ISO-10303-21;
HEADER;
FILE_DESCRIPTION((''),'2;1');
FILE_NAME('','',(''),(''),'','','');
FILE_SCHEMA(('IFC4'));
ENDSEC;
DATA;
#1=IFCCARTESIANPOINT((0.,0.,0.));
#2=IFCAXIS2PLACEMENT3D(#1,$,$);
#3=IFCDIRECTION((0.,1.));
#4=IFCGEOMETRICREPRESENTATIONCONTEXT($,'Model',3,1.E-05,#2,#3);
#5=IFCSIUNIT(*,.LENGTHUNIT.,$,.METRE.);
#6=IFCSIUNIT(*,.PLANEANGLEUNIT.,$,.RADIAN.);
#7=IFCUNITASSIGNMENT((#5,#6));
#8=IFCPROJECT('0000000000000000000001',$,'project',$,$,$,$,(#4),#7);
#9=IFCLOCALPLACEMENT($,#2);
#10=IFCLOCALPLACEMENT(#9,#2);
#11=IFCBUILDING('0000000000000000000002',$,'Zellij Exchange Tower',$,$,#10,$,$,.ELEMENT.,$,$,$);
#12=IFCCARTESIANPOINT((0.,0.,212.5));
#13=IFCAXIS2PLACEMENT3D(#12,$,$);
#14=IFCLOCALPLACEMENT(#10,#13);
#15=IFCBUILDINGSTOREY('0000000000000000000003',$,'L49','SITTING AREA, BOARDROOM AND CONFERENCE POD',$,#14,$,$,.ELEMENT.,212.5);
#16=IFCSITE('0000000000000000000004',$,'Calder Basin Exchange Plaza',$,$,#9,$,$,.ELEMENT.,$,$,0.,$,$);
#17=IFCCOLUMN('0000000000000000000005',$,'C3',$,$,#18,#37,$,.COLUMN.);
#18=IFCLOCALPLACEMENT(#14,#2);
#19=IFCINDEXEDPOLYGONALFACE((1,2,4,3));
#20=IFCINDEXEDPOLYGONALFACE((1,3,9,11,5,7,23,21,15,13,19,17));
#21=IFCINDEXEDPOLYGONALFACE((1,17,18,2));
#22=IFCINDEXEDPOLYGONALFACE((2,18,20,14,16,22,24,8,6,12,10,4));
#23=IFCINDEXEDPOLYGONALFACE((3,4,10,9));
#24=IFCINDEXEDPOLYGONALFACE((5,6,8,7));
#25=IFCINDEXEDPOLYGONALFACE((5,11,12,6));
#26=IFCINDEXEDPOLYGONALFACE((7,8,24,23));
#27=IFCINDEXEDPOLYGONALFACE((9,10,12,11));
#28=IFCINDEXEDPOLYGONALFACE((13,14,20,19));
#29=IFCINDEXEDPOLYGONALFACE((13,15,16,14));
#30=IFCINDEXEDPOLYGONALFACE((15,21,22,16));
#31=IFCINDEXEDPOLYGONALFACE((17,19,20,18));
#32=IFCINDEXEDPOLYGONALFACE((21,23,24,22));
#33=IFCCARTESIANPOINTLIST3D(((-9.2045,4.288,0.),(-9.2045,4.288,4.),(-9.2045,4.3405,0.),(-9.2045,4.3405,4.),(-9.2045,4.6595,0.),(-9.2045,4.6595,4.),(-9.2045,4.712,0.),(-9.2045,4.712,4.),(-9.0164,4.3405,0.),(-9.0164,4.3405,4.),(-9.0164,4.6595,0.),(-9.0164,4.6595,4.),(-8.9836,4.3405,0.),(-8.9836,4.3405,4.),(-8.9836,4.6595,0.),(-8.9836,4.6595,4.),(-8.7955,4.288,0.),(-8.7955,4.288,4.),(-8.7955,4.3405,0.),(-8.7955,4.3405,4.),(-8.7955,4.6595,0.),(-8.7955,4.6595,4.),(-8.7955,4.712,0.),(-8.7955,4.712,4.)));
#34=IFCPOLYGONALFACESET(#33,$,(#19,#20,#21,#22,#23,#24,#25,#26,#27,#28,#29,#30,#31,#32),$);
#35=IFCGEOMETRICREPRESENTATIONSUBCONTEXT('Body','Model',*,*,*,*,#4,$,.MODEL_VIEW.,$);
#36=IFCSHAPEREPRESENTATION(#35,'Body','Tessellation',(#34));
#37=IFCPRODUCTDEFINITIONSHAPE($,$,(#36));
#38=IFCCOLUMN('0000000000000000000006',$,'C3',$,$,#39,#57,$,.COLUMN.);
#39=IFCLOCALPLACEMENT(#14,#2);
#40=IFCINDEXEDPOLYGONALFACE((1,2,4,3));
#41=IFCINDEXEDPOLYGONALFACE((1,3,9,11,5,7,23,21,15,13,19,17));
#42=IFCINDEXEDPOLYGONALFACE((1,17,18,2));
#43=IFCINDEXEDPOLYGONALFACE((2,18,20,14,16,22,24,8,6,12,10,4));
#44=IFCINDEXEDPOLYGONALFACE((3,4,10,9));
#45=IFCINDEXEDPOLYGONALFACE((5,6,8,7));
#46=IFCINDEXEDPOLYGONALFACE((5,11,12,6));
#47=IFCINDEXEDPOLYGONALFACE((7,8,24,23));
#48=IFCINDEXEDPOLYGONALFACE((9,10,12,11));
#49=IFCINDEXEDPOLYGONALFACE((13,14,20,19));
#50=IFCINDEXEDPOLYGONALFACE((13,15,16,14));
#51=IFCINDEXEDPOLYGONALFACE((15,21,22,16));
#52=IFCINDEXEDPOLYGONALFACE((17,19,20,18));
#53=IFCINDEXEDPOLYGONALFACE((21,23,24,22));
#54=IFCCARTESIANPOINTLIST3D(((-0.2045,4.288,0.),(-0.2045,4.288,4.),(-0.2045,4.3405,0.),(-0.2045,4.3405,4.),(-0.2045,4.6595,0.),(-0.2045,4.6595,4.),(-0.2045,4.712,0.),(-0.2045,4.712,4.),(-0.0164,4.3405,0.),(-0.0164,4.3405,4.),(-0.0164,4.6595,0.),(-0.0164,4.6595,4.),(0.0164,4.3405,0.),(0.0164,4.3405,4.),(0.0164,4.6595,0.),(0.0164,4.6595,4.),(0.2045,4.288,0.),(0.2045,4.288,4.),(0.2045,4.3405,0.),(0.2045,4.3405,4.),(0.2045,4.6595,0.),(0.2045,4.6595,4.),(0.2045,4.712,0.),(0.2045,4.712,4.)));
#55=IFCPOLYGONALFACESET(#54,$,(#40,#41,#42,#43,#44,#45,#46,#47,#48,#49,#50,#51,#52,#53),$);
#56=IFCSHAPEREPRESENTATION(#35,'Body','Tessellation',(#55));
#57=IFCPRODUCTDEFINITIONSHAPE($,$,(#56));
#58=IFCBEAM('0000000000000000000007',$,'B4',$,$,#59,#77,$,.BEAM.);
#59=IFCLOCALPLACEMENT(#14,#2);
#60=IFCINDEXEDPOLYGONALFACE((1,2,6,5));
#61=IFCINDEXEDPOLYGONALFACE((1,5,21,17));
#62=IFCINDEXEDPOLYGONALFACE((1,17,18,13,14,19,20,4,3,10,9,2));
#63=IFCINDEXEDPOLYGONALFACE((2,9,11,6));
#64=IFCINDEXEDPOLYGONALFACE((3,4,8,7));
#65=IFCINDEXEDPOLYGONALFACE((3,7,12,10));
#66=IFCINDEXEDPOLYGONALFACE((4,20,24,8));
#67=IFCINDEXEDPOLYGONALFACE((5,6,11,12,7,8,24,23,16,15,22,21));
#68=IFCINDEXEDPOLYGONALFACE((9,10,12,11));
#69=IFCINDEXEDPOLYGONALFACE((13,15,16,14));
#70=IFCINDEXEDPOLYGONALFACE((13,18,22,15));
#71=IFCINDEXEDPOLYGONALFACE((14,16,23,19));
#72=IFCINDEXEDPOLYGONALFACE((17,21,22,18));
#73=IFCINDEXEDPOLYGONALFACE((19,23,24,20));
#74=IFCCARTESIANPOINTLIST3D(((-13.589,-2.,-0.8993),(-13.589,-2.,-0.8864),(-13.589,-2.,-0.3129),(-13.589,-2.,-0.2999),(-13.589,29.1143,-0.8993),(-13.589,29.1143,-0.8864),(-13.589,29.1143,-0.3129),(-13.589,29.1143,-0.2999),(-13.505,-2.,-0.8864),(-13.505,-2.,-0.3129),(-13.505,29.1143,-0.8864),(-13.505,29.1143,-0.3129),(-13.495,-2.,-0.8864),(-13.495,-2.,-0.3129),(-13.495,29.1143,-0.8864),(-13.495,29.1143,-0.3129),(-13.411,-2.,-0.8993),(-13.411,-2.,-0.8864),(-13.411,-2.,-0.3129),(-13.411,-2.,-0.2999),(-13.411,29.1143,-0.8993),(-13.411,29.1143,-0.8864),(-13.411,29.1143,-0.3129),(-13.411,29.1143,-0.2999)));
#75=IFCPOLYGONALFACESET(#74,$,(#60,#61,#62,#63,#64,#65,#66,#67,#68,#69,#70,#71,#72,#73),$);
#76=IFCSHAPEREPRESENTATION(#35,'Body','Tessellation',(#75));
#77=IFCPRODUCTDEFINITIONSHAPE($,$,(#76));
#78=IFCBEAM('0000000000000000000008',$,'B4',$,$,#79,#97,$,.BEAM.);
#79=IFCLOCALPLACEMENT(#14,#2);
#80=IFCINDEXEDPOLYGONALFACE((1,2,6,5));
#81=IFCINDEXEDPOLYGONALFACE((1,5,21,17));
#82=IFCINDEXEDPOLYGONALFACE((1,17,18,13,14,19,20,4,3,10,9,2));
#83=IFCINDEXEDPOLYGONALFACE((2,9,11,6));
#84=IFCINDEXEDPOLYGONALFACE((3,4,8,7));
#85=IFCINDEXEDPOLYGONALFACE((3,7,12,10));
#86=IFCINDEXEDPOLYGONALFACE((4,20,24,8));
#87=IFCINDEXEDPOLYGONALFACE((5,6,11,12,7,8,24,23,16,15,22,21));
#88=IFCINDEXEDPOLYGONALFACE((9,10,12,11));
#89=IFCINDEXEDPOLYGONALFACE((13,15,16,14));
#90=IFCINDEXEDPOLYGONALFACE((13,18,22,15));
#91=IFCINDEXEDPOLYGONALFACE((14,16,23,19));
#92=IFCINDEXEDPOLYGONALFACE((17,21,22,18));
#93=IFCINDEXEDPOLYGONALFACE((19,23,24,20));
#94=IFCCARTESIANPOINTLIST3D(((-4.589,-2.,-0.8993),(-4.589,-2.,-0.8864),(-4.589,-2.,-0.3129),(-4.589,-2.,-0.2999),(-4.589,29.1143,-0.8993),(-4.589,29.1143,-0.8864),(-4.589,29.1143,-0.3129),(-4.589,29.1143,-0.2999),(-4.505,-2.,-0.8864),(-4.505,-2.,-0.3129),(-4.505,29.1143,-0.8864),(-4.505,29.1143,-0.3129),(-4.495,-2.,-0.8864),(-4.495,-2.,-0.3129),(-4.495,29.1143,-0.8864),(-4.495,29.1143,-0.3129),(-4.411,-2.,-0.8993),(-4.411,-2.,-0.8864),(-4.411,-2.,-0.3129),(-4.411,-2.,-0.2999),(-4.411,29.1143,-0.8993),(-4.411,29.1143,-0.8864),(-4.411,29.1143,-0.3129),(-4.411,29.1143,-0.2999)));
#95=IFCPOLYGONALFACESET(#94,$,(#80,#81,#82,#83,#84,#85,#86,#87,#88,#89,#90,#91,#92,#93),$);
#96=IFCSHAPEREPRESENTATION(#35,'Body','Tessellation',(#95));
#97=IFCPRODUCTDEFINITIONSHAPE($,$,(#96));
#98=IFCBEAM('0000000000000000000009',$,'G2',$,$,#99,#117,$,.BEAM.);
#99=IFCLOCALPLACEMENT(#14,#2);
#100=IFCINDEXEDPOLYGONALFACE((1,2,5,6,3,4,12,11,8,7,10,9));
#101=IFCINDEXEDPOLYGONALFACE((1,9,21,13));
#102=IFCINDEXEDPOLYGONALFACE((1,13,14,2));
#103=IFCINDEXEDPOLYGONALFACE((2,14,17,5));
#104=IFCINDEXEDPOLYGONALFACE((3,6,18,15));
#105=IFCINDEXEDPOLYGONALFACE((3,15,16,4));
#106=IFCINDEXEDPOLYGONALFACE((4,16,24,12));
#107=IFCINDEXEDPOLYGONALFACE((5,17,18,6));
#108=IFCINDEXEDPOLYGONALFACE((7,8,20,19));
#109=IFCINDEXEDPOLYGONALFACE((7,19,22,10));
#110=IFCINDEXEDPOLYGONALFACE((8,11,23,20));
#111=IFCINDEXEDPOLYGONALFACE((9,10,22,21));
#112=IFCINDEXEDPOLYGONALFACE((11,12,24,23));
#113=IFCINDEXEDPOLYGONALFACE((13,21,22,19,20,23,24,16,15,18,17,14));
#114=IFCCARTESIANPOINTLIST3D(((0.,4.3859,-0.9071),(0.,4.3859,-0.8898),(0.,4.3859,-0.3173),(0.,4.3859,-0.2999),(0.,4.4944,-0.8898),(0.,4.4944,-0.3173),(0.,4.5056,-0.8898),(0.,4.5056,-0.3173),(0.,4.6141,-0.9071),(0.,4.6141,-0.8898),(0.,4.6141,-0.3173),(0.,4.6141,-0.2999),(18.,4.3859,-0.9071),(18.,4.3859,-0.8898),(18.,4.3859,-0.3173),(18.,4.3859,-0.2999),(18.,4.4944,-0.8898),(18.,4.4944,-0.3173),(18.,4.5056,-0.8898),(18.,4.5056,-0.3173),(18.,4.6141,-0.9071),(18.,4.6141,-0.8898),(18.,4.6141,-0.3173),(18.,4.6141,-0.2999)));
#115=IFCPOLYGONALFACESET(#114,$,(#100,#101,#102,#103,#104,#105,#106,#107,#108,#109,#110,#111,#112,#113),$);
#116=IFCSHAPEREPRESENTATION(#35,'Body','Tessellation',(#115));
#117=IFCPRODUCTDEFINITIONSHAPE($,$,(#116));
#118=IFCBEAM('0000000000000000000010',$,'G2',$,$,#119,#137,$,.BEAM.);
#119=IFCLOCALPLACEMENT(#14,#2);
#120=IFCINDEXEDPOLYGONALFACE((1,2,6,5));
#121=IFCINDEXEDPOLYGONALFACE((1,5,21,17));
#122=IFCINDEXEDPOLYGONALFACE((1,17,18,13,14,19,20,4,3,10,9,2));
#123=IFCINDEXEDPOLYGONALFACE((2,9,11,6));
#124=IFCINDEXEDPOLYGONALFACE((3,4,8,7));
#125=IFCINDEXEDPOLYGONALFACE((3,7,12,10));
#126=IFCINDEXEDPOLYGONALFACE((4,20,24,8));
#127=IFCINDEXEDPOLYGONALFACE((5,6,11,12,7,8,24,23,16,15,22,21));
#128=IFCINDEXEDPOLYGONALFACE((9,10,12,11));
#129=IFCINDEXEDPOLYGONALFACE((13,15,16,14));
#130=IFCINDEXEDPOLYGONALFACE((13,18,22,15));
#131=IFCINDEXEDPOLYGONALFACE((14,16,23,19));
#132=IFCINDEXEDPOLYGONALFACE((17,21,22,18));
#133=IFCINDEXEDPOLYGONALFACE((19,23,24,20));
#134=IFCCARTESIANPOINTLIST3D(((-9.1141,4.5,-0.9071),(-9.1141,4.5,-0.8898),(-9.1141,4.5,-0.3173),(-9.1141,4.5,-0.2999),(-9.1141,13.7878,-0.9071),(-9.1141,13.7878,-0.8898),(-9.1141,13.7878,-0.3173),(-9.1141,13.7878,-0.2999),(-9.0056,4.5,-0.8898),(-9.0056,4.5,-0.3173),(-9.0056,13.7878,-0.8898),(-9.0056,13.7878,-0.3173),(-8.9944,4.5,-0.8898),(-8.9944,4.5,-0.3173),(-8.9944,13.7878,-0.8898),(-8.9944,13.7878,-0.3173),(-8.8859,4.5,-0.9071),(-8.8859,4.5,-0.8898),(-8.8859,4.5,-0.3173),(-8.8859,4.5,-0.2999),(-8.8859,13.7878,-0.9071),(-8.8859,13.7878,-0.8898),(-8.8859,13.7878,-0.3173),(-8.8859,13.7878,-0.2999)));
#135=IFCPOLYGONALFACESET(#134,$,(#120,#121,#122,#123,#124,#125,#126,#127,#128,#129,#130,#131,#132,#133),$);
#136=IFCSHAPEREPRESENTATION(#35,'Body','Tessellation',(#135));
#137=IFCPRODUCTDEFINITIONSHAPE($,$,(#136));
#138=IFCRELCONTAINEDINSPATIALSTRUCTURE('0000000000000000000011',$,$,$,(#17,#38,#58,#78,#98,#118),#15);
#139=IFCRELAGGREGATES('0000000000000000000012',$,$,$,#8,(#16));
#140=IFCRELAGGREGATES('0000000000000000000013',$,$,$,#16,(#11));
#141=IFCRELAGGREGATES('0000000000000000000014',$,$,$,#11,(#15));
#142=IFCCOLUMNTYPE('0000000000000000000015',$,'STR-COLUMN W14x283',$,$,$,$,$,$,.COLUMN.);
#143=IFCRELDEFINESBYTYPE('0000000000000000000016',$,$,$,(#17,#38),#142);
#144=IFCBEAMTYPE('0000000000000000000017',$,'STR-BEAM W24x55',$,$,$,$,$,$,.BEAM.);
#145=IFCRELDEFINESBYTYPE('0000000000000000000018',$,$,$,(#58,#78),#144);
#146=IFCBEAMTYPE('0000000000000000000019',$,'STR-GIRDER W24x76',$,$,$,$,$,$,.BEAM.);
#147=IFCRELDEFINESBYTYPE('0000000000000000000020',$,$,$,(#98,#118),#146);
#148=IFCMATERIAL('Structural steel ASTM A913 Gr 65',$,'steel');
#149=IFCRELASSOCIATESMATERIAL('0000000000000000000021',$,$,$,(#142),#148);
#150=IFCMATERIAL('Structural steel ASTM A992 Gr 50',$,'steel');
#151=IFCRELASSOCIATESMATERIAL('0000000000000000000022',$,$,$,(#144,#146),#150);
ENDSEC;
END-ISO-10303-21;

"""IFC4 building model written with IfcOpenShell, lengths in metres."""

from ifc_helpers import new_model, si_unit, direction, frame, origin, origin_2d, place, context, subcontext, project, spatial, i_section, extrude, material, material_profile, profile_set, type_object, element, save


model = new_model("IFC4")

# Units and contexts
model_context = context("Model", 3, precision=1e-05, world=origin(), true_north=direction((0.0, 1.0)))
body_context = subcontext(model_context, "Body", "Model", "MODEL_VIEW")
ifc_project = project(units=[si_unit("LENGTHUNIT", "METRE"), si_unit("PLANEANGLEUNIT", "RADIAN")], contexts=[model_context])

# Site, building, storey
site_placement = place(None, origin())
site = spatial("IfcSite", under=ifc_project, at=site_placement, Name="Calder Basin Exchange Plaza", CompositionType="ELEMENT", RefElevation=0.0)
building_placement = place(site_placement, origin())
building = spatial("IfcBuilding", under=site, at=building_placement, Name="Zellij Exchange Tower", CompositionType="ELEMENT")
storey_placement = place(building_placement, frame((0.0, 0.0, 212.5)))
storey = spatial("IfcBuildingStorey", under=building, at=storey_placement, Name="L49", Description="SITTING AREA, BOARDROOM AND CONFERENCE POD", CompositionType="ELEMENT", Elevation=212.5)

# Columns
ifc_material_1 = material(Name="Structural steel ASTM A913 Gr 65", Category="steel")
ifc_material_profile_1 = material_profile(ifc_material_1, i_section(OverallWidth=0.4089, OverallDepth=0.4241, WebThickness=0.0327, FlangeThickness=0.0525, at=origin_2d()), Name="W14x283")
ifc_profile_set_1 = profile_set([ifc_material_profile_1], Name="Structural steel ASTM A913 Gr 65")
column_type = type_object("IfcColumnType", Name="STR-COLUMN W14x283", PredefinedType="COLUMN", material=ifc_profile_set_1)
for number, where, z_axis, x_axis, name in (
    (1, (-9.0, 4.5, 0.0), (0.0, 0.0, 1.0), (1.0, 0.0, 0.0), "C3"),
    (2, (0.0, 4.5, 0.0), (0.0, 0.0, 1.0), (1.0, 0.0, 0.0), "C3"),
):
    element("IfcColumn", number, at=place(storey_placement, frame(where, z_axis=z_axis, x_axis=x_axis)), inside=storey, type_object=column_type, Name=name, PredefinedType="COLUMN", context=body_context, shape_type="SweptSolid", body=[
        extrude(i_section(OverallWidth=0.4089, OverallDepth=0.4241, WebThickness=0.0327, FlangeThickness=0.0525, at=origin_2d()), origin(), (0.0, 0.0, 1.0), 4.0),
    ])

# Beams
ifc_material_2 = material(Name="Structural steel ASTM A992 Gr 50", Category="steel")
ifc_material_profile_2 = material_profile(ifc_material_2, i_section(OverallWidth=0.178, OverallDepth=0.5994, WebThickness=0.01, FlangeThickness=0.0129, at=origin_2d()), Name="W24x55")
ifc_profile_set_2 = profile_set([ifc_material_profile_2], Name="Structural steel ASTM A992 Gr 50")
beam_type_1 = type_object("IfcBeamType", Name="STR-BEAM W24x55", PredefinedType="BEAM", material=ifc_profile_set_2)
for number, where, z_axis, x_axis, name in (
    (3, (-13.5, -2.0, -0.5996), (0.0, 1.0, 0.0), (-1.0, 0.0, 0.0), "B4"),
    (4, (-4.5, -2.0, -0.5996), (0.0, 1.0, 0.0), (-1.0, 0.0, 0.0), "B4"),
):
    element("IfcBeam", number, at=place(storey_placement, frame(where, z_axis=z_axis, x_axis=x_axis)), inside=storey, type_object=beam_type_1, Name=name, PredefinedType="BEAM", context=body_context, shape_type="SweptSolid", body=[
        extrude(i_section(OverallWidth=0.178, OverallDepth=0.5994, WebThickness=0.01, FlangeThickness=0.0129, at=origin_2d()), origin(), (0.0, 0.0, 1.0), 31.1143),
    ])
ifc_material_profile_3 = material_profile(ifc_material_2, i_section(OverallWidth=0.2283, OverallDepth=0.6072, WebThickness=0.0112, FlangeThickness=0.0173, at=origin_2d()), Name="W24x76")
ifc_profile_set_3 = profile_set([ifc_material_profile_3], Name="Structural steel ASTM A992 Gr 50")
beam_type_2 = type_object("IfcBeamType", Name="STR-GIRDER W24x76", PredefinedType="BEAM", material=ifc_profile_set_3)
beam_1_placement = place(storey_placement, frame((0.0, 4.5, -0.6035), z_axis=(1.0, 0.0, 0.0), x_axis=(0.0, 1.0, 0.0)))
element("IfcBeam", 5, at=beam_1_placement, inside=storey, type_object=beam_type_2, Name="G2", PredefinedType="BEAM", context=body_context, shape_type="SweptSolid", body=[
    extrude(i_section(OverallWidth=0.2283, OverallDepth=0.6072, WebThickness=0.0112, FlangeThickness=0.0173, at=origin_2d()), origin(), (0.0, 0.0, 1.0), 18.0),
])
beam_2_placement = place(storey_placement, frame((-9.0, 4.5, -0.6035), z_axis=(0.0, 1.0, 0.0), x_axis=(-1.0, 0.0, 0.0)))
element("IfcBeam", 6, at=beam_2_placement, inside=storey, type_object=beam_type_2, Name="G2", PredefinedType="BEAM", context=body_context, shape_type="SweptSolid", body=[
    extrude(i_section(OverallWidth=0.2283, OverallDepth=0.6072, WebThickness=0.0112, FlangeThickness=0.0173, at=origin_2d()), origin(), (0.0, 0.0, 1.0), 9.2878),
])

save(model, "model.ifc")
